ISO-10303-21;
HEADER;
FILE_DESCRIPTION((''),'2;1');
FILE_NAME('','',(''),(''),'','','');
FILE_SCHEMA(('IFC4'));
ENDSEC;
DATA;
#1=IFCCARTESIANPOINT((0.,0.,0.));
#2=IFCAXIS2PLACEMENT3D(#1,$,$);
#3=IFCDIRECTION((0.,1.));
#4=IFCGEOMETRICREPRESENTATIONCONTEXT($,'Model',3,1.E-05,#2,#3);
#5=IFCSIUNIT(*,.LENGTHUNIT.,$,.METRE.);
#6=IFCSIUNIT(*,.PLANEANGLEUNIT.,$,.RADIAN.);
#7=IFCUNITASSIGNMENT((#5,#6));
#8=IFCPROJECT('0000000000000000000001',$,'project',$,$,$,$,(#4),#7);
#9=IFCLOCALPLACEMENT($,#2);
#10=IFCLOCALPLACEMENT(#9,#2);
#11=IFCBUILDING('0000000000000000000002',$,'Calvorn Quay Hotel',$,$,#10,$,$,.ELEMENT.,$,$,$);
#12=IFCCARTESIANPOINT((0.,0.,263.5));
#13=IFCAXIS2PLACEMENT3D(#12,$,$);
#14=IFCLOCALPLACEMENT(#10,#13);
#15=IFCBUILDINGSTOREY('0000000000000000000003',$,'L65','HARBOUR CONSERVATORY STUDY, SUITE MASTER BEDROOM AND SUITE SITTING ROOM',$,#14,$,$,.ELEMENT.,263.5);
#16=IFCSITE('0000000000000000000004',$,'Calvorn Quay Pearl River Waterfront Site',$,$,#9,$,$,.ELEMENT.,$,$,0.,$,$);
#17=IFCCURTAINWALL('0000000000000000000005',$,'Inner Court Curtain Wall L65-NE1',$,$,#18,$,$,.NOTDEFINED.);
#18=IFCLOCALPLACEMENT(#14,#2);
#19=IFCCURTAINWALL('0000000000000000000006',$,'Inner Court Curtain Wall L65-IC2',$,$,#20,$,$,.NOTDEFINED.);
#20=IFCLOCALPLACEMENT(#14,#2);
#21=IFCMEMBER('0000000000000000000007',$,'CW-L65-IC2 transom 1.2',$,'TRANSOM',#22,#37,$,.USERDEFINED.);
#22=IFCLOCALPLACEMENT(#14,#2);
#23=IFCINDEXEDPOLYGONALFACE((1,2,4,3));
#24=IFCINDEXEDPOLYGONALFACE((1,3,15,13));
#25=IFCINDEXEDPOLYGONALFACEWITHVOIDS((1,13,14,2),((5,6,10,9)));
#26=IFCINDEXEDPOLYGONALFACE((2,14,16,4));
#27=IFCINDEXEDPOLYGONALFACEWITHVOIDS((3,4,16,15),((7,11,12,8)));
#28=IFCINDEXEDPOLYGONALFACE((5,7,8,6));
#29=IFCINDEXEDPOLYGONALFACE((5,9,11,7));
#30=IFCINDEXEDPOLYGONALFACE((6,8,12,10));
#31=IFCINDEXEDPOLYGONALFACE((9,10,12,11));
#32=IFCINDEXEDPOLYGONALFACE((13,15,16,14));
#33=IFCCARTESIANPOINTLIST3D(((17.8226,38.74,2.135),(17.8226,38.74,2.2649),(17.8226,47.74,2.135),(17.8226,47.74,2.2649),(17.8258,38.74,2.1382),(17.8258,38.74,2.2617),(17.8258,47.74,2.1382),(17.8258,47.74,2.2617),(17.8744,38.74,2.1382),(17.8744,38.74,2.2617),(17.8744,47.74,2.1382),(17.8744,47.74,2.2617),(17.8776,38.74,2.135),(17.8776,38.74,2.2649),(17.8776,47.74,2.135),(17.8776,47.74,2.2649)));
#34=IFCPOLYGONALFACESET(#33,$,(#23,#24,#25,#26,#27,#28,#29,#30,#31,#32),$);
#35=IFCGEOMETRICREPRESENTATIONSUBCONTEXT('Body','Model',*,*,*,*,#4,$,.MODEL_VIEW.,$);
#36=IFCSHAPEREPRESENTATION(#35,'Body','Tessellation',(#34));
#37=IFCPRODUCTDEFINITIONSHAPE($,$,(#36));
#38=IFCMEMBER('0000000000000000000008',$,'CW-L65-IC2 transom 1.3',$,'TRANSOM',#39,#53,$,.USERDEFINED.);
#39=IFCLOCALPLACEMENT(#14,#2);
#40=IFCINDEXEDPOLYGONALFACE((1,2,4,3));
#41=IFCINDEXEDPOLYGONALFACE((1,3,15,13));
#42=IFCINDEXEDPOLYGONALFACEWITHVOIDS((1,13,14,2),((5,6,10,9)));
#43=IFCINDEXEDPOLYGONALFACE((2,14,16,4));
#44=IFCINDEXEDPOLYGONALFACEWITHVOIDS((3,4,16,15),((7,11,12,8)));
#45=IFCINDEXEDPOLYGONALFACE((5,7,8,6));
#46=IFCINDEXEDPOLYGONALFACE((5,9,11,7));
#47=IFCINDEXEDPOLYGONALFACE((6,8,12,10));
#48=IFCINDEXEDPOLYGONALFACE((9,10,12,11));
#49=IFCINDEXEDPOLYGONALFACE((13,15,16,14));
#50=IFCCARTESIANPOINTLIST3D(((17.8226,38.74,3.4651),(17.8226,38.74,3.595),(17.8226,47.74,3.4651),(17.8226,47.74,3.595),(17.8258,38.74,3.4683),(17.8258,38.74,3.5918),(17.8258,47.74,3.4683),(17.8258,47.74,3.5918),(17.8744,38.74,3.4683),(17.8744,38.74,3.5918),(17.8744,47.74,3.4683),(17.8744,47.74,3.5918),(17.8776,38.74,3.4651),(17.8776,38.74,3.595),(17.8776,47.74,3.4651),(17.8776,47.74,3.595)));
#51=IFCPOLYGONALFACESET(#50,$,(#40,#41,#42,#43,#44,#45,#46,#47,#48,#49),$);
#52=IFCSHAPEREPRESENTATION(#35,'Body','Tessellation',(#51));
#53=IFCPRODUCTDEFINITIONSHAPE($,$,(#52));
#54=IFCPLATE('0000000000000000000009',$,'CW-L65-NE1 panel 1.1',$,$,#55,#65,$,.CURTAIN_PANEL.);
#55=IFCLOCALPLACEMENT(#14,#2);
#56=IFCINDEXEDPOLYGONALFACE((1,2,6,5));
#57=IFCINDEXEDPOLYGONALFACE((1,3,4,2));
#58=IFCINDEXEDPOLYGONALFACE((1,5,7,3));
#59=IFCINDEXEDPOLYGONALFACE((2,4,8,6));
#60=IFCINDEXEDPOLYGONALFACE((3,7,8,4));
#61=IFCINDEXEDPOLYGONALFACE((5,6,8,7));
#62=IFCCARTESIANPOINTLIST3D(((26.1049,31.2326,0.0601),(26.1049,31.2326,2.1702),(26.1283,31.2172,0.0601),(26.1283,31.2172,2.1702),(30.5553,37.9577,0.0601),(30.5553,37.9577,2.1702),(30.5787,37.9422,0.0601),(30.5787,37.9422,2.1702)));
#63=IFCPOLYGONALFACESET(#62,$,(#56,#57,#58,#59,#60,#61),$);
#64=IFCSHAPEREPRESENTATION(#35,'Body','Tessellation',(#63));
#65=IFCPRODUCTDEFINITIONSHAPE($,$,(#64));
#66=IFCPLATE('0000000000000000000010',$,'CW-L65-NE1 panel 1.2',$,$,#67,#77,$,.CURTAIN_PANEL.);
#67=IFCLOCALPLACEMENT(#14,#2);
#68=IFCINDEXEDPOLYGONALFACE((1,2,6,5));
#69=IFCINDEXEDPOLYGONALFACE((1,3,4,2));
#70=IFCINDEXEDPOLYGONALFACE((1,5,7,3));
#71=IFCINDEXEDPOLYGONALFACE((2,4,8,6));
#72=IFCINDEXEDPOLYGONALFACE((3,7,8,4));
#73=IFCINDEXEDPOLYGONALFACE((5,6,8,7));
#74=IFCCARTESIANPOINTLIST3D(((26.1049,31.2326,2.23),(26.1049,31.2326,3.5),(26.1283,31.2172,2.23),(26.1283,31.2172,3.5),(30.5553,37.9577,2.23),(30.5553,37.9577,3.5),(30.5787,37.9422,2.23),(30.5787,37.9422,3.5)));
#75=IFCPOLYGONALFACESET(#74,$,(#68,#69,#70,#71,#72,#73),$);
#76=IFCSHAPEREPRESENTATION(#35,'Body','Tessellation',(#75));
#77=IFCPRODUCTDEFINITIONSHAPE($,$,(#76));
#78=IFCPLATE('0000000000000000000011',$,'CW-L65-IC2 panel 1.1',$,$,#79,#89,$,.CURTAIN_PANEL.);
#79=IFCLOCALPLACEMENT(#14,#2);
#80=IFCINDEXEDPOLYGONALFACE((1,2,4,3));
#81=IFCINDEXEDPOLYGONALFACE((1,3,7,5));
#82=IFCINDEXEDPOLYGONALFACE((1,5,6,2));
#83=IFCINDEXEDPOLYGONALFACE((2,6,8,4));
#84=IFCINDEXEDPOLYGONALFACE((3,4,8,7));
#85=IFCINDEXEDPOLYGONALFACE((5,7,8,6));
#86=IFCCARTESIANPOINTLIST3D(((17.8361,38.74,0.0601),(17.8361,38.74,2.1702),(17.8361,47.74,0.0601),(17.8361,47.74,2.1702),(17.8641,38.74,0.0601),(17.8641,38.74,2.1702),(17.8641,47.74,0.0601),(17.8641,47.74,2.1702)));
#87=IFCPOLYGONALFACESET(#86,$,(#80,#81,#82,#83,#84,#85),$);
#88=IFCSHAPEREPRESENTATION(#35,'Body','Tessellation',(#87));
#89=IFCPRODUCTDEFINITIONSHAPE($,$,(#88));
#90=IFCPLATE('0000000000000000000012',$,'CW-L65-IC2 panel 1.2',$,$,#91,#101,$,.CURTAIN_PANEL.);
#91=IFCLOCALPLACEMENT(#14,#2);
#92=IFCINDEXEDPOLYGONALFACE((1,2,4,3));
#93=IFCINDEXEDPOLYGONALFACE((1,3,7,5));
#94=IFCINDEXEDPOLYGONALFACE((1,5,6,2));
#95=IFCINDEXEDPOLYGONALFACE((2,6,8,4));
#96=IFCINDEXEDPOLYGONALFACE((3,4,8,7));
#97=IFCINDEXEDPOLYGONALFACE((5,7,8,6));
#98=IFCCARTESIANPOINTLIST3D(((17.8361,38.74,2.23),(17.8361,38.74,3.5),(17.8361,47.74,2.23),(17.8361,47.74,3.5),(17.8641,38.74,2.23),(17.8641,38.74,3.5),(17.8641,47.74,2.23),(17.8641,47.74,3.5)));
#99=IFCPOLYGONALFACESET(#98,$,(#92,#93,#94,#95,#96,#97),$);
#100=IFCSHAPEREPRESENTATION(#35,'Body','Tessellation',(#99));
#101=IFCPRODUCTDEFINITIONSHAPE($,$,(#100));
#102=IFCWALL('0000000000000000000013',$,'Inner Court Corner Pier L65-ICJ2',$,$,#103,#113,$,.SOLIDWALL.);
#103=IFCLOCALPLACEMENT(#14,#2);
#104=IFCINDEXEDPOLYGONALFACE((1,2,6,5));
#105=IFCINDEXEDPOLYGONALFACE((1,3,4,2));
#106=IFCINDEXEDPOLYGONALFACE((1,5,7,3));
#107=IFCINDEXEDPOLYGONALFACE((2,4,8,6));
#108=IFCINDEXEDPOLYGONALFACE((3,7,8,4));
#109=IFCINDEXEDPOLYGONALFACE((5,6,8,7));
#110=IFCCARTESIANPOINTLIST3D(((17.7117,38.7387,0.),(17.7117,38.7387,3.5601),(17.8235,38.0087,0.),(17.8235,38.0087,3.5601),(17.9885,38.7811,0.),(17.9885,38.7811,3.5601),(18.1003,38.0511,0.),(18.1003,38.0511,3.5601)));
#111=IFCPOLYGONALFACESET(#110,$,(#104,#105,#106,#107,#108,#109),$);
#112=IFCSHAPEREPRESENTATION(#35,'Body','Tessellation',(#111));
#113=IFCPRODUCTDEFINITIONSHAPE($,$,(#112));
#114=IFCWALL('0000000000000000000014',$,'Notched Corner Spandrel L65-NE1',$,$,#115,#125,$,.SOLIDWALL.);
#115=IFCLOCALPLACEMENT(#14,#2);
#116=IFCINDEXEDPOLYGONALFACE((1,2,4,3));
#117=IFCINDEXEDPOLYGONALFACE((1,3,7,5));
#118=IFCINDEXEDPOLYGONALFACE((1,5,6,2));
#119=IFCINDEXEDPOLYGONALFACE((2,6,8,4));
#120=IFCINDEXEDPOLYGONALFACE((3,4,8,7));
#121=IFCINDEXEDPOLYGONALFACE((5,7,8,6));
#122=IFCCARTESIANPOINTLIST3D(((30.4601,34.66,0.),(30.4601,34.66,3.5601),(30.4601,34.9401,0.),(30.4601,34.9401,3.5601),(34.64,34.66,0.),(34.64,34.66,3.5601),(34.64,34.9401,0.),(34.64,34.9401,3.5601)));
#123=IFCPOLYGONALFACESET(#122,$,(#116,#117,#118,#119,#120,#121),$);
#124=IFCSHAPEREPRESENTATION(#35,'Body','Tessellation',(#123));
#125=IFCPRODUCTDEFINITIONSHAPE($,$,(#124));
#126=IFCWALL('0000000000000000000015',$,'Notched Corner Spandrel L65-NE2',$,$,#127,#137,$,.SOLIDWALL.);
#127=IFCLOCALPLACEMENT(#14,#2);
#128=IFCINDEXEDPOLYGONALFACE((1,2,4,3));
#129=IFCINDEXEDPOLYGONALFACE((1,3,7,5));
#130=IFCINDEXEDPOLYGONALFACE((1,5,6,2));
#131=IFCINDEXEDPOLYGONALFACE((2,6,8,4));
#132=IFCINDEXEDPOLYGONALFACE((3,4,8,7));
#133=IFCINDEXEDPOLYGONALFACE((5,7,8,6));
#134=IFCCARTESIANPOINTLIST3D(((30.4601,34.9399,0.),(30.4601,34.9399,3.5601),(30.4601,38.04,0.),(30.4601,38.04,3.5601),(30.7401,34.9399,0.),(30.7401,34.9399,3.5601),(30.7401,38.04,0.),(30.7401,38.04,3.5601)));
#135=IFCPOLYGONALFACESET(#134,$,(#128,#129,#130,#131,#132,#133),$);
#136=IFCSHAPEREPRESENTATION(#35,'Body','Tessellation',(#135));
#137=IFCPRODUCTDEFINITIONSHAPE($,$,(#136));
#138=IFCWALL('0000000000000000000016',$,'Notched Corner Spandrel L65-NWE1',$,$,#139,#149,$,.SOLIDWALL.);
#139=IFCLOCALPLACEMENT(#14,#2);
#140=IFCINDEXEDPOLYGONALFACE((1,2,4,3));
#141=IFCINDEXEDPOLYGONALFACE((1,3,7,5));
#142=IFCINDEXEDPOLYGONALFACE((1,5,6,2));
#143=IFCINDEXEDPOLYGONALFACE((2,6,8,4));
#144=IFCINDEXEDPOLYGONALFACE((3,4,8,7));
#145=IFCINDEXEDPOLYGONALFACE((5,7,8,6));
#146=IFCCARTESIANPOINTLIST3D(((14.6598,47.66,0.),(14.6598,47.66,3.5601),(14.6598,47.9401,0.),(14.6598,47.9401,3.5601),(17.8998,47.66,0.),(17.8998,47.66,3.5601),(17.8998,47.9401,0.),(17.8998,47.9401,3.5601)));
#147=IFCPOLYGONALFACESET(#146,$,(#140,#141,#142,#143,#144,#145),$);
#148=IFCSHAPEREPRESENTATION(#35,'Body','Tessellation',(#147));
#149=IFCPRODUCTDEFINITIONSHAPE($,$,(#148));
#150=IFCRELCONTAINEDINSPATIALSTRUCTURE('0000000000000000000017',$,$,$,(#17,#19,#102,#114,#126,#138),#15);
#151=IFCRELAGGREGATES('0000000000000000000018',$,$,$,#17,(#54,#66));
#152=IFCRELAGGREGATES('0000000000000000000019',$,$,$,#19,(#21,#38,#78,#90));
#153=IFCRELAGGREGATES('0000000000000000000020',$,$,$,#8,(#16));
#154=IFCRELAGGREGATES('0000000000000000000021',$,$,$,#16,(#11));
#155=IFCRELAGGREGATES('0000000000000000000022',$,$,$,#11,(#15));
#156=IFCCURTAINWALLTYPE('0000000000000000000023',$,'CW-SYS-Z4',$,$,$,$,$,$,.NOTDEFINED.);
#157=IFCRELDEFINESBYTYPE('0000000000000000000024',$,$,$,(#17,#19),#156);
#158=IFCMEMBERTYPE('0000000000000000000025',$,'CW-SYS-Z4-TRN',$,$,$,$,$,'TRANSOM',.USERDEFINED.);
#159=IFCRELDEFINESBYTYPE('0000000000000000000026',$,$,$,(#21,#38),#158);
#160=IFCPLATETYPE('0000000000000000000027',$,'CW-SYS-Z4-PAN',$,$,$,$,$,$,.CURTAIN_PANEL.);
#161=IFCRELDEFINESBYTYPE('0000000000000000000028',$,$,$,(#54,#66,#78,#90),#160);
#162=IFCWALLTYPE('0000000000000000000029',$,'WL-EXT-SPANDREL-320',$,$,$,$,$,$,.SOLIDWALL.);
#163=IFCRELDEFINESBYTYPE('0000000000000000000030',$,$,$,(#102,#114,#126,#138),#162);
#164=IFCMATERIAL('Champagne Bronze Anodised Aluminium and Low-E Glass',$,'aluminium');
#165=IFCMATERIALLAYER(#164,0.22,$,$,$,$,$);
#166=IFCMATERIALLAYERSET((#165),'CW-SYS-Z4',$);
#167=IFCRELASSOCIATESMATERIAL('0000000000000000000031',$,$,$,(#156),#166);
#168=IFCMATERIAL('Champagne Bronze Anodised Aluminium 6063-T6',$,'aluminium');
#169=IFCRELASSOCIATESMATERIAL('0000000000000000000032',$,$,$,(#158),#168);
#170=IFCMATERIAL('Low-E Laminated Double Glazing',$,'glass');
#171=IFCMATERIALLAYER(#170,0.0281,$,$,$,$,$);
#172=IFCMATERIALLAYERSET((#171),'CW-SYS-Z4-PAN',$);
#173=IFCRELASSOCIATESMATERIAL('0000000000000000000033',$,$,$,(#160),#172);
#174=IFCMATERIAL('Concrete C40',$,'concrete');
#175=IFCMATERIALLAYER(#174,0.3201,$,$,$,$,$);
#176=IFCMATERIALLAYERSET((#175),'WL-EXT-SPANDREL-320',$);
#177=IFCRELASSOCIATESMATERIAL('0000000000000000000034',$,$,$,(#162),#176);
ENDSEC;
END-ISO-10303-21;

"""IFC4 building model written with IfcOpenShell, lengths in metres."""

from ifc_helpers import new_model, si_unit, direction, frame, frame_2d, origin, origin_2d, place, context, subcontext, project, spatial, rectangle, hollow_rectangle, extrude, material, layer, layer_set, material_profile, profile_set, type_object, element, aggregate, save


model = new_model("IFC4")

# Units and contexts
model_context = context("Model", 3, precision=1e-05, world=origin(), true_north=direction((0.0, 1.0)))
body_context = subcontext(model_context, "Body", "Model", "MODEL_VIEW")
ifc_project = project(units=[si_unit("LENGTHUNIT", "METRE"), si_unit("PLANEANGLEUNIT", "RADIAN")], contexts=[model_context])

# Site, building, storey
site_placement = place(None, origin())
site = spatial("IfcSite", under=ifc_project, at=site_placement, Name="Calvorn Quay Pearl River Waterfront Site", CompositionType="ELEMENT", RefElevation=0.0)
building_placement = place(site_placement, origin())
building = spatial("IfcBuilding", under=site, at=building_placement, Name="Calvorn Quay Hotel", CompositionType="ELEMENT")
storey_placement = place(building_placement, frame((0.0, 0.0, 263.5)))
storey = spatial("IfcBuildingStorey", under=building, at=storey_placement, Name="L65", Description="HARBOUR CONSERVATORY STUDY, SUITE MASTER BEDROOM AND SUITE SITTING ROOM", CompositionType="ELEMENT", Elevation=263.5)

# Curtain wall
ifc_material_1 = material(Name="Champagne Bronze Anodised Aluminium and Low-E Glass", Category="aluminium")
ifc_layer_1 = layer(ifc_material_1, 0.22)
ifc_layer_set_1 = layer_set([ifc_layer_1], Name="CW-SYS-Z4")
curtain_wall_type = type_object("IfcCurtainWallType", Name="CW-SYS-Z4", PredefinedType="NOTDEFINED", material=ifc_layer_set_1)
curtain_wall_1_placement = place(storey_placement, origin())
curtain_wall_1 = element("IfcCurtainWall", 1, at=curtain_wall_1_placement, inside=storey, type_object=curtain_wall_type, Name="Inner Court Curtain Wall L65-NE1", PredefinedType="NOTDEFINED")

# Curtain wall
curtain_wall_2_placement = place(storey_placement, origin())
curtain_wall_2 = element("IfcCurtainWall", 2, at=curtain_wall_2_placement, inside=storey, type_object=curtain_wall_type, Name="Inner Court Curtain Wall L65-IC2", PredefinedType="NOTDEFINED")

# Members
ifc_material_2 = material(Name="Champagne Bronze Anodised Aluminium 6063-T6", Category="aluminium")
ifc_material_profile_1 = material_profile(ifc_material_2, hollow_rectangle(XDim=0.0549, YDim=0.1299, WallThickness=0.0032, at=origin_2d()), Name="ALU-T130x55x3.2")
ifc_profile_set_1 = profile_set([ifc_material_profile_1], Name="Champagne Bronze Anodised Aluminium 6063-T6")
member_type_1 = type_object("IfcMemberType", Name="CW-SYS-Z4-TRN", ElementType="TRANSOM", PredefinedType="USERDEFINED", material=ifc_profile_set_1)
member_1_placement = place(storey_placement, frame((17.8501, 38.74, 2.2), z_axis=(0.0, 1.0, 0.0), x_axis=(-1.0, 0.0, 0.0)))
member_1 = element("IfcMember", 3, at=member_1_placement, type_object=member_type_1, Name="CW-L65-IC2 transom 1.2", ObjectType="TRANSOM", PredefinedType="USERDEFINED", context=body_context, shape_type="SweptSolid", body=[
    extrude(hollow_rectangle(XDim=0.0549, YDim=0.1299, WallThickness=0.0032, at=origin_2d()), origin(), (0.0, 0.0, 1.0), 9.0),
])
member_2_placement = place(storey_placement, frame((17.8501, 38.74, 3.53), z_axis=(0.0, 1.0, 0.0), x_axis=(-1.0, 0.0, 0.0)))
member_2 = element("IfcMember", 4, at=member_2_placement, type_object=member_type_1, Name="CW-L65-IC2 transom 1.3", ObjectType="TRANSOM", PredefinedType="USERDEFINED", context=body_context, shape_type="SweptSolid", body=[
    extrude(hollow_rectangle(XDim=0.0549, YDim=0.1299, WallThickness=0.0032, at=origin_2d()), origin(), (0.0, 0.0, 1.0), 9.0),
])

# Plates
ifc_material_3 = material(Name="Low-E Laminated Double Glazing", Category="glass")
ifc_layer_2 = layer(ifc_material_3, 0.0281)
ifc_layer_set_2 = layer_set([ifc_layer_2], Name="CW-SYS-Z4-PAN")
plate_type = type_object("IfcPlateType", Name="CW-SYS-Z4-PAN", PredefinedType="CURTAIN_PANEL", material=ifc_layer_set_2)
plate_1_placement = place(storey_placement, frame((28.3418, 34.5874, 0.0601), z_axis=(0.0, 0.0, 1.0), x_axis=(-0.551867, -0.833932, 0.0)))
plate_1 = element("IfcPlate", 5, at=plate_1_placement, type_object=plate_type, Name="CW-L65-NE1 panel 1.1", PredefinedType="CURTAIN_PANEL", context=body_context, shape_type="SweptSolid", body=[
    extrude(rectangle(XDim=8.0642, YDim=0.0281, at=origin_2d()), origin(), (0.0, 0.0, 1.0), 2.1101),
])
plate_2_placement = place(storey_placement, frame((28.3418, 34.5874, 2.23), z_axis=(0.0, 0.0, 1.0), x_axis=(-0.551867, -0.833932, 0.0)))
plate_2 = element("IfcPlate", 6, at=plate_2_placement, type_object=plate_type, Name="CW-L65-NE1 panel 1.2", PredefinedType="CURTAIN_PANEL", context=body_context, shape_type="SweptSolid", body=[
    extrude(rectangle(XDim=8.0642, YDim=0.0281, at=origin_2d()), origin(), (0.0, 0.0, 1.0), 1.27),
])
aggregate(curtain_wall_1, [plate_1, plate_2])
plate_3_placement = place(storey_placement, frame((17.8501, 43.24, 0.0601), z_axis=(0.0, 0.0, 1.0), x_axis=(0.0, 1.0, 0.0)))
plate_3 = element("IfcPlate", 7, at=plate_3_placement, type_object=plate_type, Name="CW-L65-IC2 panel 1.1", PredefinedType="CURTAIN_PANEL", context=body_context, shape_type="SweptSolid", body=[
    extrude(rectangle(XDim=9.0, YDim=0.0281, at=origin_2d()), origin(), (0.0, 0.0, 1.0), 2.1101),
])
plate_4_placement = place(storey_placement, frame((17.8501, 43.24, 2.23), z_axis=(0.0, 0.0, 1.0), x_axis=(0.0, 1.0, 0.0)))
plate_4 = element("IfcPlate", 8, at=plate_4_placement, type_object=plate_type, Name="CW-L65-IC2 panel 1.2", PredefinedType="CURTAIN_PANEL", context=body_context, shape_type="SweptSolid", body=[
    extrude(rectangle(XDim=9.0, YDim=0.0281, at=origin_2d()), origin(), (0.0, 0.0, 1.0), 1.27),
])
aggregate(curtain_wall_2, [member_1, member_2, plate_3, plate_4])

# Walls
ifc_material_4 = material(Name="Concrete C40", Category="concrete")
ifc_layer_3 = layer(ifc_material_4, 0.3201)
ifc_layer_set_3 = layer_set([ifc_layer_3], Name="WL-EXT-SPANDREL-320")
wall_type = type_object("IfcWallType", Name="WL-EXT-SPANDREL-320", PredefinedType="SOLIDWALL", material=ifc_layer_set_3)
wall_1_placement = place(storey_placement, frame((17.9619, 38.03, 0.0), z_axis=(0.0, 0.0, 1.0), x_axis=(-0.151411, 0.988471, 0.0)))
element("IfcWall", 9, at=wall_1_placement, inside=storey, type_object=wall_type, Name="Inner Court Corner Pier L65-ICJ2", PredefinedType="SOLIDWALL", context=body_context, shape_type="SweptSolid", body=[
    extrude(rectangle(XDim=0.7385, YDim=0.28, at=frame_2d((0.3691, 0.0))), origin(), (0.0, 0.0, 1.0), 3.5601),
])
wall_2_placement = place(storey_placement, frame((34.6399, 34.8, 0.0), z_axis=(0.0, 0.0, 1.0), x_axis=(-1.0, 0.0, 0.0)))
element("IfcWall", 10, at=wall_2_placement, inside=storey, type_object=wall_type, Name="Notched Corner Spandrel L65-NE1", PredefinedType="SOLIDWALL", context=body_context, shape_type="SweptSolid", body=[
    extrude(rectangle(XDim=4.1799, YDim=0.28, at=frame_2d((2.0898, 0.0))), origin(), (0.0, 0.0, 1.0), 3.5601),
])
wall_3_placement = place(storey_placement, frame((30.6001, 34.9399, 0.0), z_axis=(0.0, 0.0, 1.0), x_axis=(0.0, 1.0, 0.0)))
element("IfcWall", 11, at=wall_3_placement, inside=storey, type_object=wall_type, Name="Notched Corner Spandrel L65-NE2", PredefinedType="SOLIDWALL", context=body_context, shape_type="SweptSolid", body=[
    extrude(rectangle(XDim=3.1001, YDim=0.28, at=frame_2d((1.55, 0.0))), origin(), (0.0, 0.0, 1.0), 3.5601),
])
wall_4_placement = place(storey_placement, frame((17.8999, 47.8, 0.0), z_axis=(0.0, 0.0, 1.0), x_axis=(-1.0, 0.0, 0.0)))
element("IfcWall", 12, at=wall_4_placement, inside=storey, type_object=wall_type, Name="Notched Corner Spandrel L65-NWE1", PredefinedType="SOLIDWALL", context=body_context, shape_type="SweptSolid", body=[
    extrude(rectangle(XDim=3.24, YDim=0.28, at=frame_2d((1.6201, 0.0))), origin(), (0.0, 0.0, 1.0), 3.5601),
])

save(model, "model.ifc")
